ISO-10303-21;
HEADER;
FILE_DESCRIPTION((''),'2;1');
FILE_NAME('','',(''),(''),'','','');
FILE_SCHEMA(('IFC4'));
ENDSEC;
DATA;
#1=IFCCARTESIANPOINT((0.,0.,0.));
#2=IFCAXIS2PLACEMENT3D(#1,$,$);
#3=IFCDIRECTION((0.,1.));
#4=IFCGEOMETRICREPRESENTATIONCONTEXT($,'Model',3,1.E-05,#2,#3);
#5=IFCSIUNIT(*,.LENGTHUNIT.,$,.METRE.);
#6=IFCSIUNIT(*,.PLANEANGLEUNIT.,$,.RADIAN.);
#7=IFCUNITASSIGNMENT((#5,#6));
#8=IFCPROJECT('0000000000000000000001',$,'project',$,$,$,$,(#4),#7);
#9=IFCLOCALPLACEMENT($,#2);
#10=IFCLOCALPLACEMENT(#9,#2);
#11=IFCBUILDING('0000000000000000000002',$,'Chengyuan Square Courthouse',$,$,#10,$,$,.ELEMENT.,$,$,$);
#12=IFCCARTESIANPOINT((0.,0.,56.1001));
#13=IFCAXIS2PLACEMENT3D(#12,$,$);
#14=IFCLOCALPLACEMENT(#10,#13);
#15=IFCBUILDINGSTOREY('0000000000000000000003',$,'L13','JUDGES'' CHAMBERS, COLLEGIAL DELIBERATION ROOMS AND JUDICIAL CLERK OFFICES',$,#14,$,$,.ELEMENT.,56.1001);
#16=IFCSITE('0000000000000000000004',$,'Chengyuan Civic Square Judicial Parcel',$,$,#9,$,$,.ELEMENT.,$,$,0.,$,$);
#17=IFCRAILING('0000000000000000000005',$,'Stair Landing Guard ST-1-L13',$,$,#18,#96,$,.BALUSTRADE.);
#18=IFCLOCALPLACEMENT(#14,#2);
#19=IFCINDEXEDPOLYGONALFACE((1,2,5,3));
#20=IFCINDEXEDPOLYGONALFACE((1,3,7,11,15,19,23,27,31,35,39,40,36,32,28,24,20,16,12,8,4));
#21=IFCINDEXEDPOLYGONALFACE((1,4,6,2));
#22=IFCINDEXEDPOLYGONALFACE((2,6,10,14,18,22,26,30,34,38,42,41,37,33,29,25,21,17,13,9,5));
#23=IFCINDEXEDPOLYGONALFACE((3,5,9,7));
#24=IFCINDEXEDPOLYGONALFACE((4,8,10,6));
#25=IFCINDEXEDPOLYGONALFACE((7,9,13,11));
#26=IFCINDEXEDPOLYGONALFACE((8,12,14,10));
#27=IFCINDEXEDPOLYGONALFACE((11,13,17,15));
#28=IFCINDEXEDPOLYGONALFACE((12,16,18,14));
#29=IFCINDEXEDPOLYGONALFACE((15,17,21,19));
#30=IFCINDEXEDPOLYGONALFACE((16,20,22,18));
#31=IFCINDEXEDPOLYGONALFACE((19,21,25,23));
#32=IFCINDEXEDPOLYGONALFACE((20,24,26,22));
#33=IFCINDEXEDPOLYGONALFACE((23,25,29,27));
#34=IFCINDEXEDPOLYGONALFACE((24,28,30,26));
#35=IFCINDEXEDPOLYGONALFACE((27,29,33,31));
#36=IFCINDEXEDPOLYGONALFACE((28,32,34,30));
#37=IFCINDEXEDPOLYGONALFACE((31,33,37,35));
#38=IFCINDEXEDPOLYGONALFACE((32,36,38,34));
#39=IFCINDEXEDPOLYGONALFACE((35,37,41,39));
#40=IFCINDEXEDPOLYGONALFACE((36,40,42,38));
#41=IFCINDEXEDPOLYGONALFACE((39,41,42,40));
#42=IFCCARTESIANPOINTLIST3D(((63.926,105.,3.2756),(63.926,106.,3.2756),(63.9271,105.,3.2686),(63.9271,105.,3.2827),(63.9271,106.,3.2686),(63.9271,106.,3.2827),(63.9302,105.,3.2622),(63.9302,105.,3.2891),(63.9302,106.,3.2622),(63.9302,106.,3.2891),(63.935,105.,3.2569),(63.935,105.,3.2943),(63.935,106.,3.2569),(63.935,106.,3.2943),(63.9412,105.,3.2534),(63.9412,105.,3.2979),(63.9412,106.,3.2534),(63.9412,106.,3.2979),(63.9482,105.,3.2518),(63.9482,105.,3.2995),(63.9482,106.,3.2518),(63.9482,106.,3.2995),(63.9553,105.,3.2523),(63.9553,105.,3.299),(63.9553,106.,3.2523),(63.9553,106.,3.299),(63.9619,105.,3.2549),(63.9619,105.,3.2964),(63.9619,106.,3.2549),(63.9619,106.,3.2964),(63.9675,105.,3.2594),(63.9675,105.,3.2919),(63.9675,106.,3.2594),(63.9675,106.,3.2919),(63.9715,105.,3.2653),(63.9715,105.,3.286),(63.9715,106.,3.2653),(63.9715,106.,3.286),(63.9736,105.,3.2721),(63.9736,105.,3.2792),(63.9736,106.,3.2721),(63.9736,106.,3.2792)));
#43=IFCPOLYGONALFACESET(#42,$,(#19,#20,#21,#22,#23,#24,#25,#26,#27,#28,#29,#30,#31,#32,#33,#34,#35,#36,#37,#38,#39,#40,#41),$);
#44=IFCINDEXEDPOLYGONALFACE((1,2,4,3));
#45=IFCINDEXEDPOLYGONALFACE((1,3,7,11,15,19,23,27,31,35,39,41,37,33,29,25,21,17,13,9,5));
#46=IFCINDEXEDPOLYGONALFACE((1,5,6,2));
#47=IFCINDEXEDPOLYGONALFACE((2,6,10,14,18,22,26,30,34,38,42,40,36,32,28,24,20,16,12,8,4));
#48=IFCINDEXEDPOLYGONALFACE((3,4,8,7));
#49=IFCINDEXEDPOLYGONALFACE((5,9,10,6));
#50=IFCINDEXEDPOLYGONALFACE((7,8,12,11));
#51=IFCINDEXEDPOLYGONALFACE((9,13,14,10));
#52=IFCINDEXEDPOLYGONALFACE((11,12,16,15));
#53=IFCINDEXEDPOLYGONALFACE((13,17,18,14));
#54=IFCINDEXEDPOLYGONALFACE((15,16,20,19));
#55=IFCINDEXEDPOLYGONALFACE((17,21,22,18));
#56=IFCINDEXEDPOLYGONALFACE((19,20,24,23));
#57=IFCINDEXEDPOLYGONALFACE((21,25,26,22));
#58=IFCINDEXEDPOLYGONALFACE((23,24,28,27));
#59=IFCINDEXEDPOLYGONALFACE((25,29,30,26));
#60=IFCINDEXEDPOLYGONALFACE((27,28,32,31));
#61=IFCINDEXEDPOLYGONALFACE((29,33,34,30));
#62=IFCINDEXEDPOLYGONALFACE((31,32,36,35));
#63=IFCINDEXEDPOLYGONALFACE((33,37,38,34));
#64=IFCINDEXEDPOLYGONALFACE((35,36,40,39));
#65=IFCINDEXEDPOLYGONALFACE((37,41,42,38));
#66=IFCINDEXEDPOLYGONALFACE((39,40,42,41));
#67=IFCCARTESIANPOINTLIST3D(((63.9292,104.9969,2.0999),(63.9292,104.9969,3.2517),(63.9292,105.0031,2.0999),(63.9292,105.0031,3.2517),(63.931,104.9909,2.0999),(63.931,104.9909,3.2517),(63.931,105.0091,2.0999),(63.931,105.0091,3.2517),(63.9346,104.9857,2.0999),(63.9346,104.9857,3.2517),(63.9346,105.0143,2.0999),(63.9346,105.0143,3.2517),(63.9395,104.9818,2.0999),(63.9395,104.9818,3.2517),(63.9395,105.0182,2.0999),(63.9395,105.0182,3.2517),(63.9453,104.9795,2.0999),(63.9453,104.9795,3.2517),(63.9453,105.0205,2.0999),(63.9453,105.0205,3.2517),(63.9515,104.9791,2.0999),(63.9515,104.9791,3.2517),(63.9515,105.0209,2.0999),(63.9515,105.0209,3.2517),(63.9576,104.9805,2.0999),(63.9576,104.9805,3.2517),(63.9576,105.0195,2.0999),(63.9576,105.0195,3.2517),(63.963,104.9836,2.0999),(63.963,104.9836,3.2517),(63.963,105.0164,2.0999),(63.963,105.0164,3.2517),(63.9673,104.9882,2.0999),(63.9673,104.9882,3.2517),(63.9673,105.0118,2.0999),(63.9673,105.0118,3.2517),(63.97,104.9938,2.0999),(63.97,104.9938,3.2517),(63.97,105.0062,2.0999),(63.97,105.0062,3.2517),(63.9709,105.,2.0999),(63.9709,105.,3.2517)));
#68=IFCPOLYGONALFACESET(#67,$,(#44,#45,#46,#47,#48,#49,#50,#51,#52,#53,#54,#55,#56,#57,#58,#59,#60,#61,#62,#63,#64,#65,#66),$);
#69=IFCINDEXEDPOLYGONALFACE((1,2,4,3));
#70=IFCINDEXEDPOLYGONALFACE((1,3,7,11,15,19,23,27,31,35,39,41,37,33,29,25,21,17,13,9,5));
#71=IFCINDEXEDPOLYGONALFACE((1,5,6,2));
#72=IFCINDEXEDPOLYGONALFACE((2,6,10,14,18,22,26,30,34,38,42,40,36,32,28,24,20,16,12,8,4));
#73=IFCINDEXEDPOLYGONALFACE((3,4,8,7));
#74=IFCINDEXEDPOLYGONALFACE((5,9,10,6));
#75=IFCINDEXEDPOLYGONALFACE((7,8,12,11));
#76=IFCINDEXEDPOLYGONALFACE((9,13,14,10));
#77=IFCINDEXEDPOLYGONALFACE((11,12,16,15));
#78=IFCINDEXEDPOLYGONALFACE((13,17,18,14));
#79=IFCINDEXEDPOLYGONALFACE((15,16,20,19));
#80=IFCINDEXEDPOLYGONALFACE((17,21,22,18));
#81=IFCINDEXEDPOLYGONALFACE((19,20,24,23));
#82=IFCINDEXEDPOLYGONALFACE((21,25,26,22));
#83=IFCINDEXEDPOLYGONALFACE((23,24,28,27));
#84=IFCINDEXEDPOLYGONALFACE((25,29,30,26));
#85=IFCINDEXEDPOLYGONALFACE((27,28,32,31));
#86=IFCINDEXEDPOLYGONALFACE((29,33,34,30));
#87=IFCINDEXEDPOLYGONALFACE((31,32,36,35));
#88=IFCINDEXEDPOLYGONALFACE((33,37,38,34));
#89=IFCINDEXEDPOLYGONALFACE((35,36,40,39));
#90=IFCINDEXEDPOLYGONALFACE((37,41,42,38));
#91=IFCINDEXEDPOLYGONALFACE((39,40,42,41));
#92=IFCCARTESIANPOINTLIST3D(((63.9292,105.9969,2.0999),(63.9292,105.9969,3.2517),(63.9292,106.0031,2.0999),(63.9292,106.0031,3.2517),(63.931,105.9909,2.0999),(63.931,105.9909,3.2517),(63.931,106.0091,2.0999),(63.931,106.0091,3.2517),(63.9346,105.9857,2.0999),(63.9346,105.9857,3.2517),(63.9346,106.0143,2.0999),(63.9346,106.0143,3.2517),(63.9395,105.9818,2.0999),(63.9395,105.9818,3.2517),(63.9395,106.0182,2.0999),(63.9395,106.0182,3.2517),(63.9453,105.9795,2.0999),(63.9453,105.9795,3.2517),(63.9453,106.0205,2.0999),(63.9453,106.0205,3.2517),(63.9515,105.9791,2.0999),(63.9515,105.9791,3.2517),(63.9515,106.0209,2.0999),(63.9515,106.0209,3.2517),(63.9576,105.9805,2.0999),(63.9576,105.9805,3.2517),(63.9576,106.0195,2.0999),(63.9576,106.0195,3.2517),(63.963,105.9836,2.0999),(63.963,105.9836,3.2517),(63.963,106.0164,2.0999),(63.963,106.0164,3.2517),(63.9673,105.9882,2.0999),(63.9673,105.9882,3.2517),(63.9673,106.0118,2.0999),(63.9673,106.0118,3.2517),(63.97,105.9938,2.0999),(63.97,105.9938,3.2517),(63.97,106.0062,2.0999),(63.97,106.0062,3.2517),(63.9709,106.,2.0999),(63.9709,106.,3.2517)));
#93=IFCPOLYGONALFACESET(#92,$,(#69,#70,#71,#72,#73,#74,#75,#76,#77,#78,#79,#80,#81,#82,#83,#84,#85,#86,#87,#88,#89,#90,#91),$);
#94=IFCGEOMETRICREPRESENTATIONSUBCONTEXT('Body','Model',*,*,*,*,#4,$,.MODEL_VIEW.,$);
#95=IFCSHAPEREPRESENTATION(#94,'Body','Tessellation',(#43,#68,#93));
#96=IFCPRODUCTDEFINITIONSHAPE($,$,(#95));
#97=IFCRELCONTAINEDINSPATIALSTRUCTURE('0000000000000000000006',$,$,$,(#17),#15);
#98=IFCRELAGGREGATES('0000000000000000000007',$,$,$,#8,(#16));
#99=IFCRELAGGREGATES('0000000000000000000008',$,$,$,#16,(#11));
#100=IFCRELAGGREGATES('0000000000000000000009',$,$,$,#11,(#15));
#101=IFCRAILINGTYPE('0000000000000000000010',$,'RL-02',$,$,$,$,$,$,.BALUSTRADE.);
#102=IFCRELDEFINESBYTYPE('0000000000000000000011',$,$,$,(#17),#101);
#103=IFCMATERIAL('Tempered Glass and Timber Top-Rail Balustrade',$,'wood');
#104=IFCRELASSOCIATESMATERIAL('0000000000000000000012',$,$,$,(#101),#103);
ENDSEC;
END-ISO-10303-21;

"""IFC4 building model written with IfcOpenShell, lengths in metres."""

from ifc_helpers import new_model, si_unit, direction, frame, origin, origin_2d, place, context, subcontext, project, spatial, circle, extrude, material, type_object, element, save


model = new_model("IFC4")

# Units and contexts
model_context = context("Model", 3, precision=1e-05, world=origin(), true_north=direction((0.0, 1.0)))
body_context = subcontext(model_context, "Body", "Model", "MODEL_VIEW")
ifc_project = project(units=[si_unit("LENGTHUNIT", "METRE"), si_unit("PLANEANGLEUNIT", "RADIAN")], contexts=[model_context])

# Site, building, storey
site_placement = place(None, origin())
site = spatial("IfcSite", under=ifc_project, at=site_placement, Name="Chengyuan Civic Square Judicial Parcel", CompositionType="ELEMENT", RefElevation=0.0)
building_placement = place(site_placement, origin())
building = spatial("IfcBuilding", under=site, at=building_placement, Name="Chengyuan Square Courthouse", CompositionType="ELEMENT")
storey_placement = place(building_placement, frame((0.0, 0.0, 56.1001)))
storey = spatial("IfcBuildingStorey", under=building, at=storey_placement, Name="L13", Description="JUDGES' CHAMBERS, COLLEGIAL DELIBERATION ROOMS AND JUDICIAL CLERK OFFICES", CompositionType="ELEMENT", Elevation=56.1001)

# Railing
ifc_material_1 = material(Name="Tempered Glass and Timber Top-Rail Balustrade", Category="wood")
railing_type_1 = type_object("IfcRailingType", Name="RL-02", PredefinedType="BALUSTRADE", material=ifc_material_1)
for number, where, name in (
    (1, (63.95, 105.0, 2.0999), "Stair Landing Guard ST-1-L13"),
):
    element("IfcRailing", number, at=place(storey_placement, frame(where)), inside=storey, type_object=railing_type_1, Name=name, PredefinedType="BALUSTRADE", context=body_context, shape_type="SweptSolid", body=[
        extrude(circle(Radius=0.0239, at=origin_2d()), frame((0.0, 0.0, 1.1758), z_axis=(0.0, 1.0, 0.0), x_axis=(-1.0, 0.0, 0.0)), (0.0, 0.0, 1.0), 1.0),
        extrude(circle(Radius=0.021, at=origin_2d()), origin(), (0.0, 0.0, 1.0), 1.1519),
        extrude(circle(Radius=0.021, at=origin_2d()), frame((0.0, 1.0, 0.0)), (0.0, 0.0, 1.0), 1.1519),
    ])

save(model, "model.ifc")
